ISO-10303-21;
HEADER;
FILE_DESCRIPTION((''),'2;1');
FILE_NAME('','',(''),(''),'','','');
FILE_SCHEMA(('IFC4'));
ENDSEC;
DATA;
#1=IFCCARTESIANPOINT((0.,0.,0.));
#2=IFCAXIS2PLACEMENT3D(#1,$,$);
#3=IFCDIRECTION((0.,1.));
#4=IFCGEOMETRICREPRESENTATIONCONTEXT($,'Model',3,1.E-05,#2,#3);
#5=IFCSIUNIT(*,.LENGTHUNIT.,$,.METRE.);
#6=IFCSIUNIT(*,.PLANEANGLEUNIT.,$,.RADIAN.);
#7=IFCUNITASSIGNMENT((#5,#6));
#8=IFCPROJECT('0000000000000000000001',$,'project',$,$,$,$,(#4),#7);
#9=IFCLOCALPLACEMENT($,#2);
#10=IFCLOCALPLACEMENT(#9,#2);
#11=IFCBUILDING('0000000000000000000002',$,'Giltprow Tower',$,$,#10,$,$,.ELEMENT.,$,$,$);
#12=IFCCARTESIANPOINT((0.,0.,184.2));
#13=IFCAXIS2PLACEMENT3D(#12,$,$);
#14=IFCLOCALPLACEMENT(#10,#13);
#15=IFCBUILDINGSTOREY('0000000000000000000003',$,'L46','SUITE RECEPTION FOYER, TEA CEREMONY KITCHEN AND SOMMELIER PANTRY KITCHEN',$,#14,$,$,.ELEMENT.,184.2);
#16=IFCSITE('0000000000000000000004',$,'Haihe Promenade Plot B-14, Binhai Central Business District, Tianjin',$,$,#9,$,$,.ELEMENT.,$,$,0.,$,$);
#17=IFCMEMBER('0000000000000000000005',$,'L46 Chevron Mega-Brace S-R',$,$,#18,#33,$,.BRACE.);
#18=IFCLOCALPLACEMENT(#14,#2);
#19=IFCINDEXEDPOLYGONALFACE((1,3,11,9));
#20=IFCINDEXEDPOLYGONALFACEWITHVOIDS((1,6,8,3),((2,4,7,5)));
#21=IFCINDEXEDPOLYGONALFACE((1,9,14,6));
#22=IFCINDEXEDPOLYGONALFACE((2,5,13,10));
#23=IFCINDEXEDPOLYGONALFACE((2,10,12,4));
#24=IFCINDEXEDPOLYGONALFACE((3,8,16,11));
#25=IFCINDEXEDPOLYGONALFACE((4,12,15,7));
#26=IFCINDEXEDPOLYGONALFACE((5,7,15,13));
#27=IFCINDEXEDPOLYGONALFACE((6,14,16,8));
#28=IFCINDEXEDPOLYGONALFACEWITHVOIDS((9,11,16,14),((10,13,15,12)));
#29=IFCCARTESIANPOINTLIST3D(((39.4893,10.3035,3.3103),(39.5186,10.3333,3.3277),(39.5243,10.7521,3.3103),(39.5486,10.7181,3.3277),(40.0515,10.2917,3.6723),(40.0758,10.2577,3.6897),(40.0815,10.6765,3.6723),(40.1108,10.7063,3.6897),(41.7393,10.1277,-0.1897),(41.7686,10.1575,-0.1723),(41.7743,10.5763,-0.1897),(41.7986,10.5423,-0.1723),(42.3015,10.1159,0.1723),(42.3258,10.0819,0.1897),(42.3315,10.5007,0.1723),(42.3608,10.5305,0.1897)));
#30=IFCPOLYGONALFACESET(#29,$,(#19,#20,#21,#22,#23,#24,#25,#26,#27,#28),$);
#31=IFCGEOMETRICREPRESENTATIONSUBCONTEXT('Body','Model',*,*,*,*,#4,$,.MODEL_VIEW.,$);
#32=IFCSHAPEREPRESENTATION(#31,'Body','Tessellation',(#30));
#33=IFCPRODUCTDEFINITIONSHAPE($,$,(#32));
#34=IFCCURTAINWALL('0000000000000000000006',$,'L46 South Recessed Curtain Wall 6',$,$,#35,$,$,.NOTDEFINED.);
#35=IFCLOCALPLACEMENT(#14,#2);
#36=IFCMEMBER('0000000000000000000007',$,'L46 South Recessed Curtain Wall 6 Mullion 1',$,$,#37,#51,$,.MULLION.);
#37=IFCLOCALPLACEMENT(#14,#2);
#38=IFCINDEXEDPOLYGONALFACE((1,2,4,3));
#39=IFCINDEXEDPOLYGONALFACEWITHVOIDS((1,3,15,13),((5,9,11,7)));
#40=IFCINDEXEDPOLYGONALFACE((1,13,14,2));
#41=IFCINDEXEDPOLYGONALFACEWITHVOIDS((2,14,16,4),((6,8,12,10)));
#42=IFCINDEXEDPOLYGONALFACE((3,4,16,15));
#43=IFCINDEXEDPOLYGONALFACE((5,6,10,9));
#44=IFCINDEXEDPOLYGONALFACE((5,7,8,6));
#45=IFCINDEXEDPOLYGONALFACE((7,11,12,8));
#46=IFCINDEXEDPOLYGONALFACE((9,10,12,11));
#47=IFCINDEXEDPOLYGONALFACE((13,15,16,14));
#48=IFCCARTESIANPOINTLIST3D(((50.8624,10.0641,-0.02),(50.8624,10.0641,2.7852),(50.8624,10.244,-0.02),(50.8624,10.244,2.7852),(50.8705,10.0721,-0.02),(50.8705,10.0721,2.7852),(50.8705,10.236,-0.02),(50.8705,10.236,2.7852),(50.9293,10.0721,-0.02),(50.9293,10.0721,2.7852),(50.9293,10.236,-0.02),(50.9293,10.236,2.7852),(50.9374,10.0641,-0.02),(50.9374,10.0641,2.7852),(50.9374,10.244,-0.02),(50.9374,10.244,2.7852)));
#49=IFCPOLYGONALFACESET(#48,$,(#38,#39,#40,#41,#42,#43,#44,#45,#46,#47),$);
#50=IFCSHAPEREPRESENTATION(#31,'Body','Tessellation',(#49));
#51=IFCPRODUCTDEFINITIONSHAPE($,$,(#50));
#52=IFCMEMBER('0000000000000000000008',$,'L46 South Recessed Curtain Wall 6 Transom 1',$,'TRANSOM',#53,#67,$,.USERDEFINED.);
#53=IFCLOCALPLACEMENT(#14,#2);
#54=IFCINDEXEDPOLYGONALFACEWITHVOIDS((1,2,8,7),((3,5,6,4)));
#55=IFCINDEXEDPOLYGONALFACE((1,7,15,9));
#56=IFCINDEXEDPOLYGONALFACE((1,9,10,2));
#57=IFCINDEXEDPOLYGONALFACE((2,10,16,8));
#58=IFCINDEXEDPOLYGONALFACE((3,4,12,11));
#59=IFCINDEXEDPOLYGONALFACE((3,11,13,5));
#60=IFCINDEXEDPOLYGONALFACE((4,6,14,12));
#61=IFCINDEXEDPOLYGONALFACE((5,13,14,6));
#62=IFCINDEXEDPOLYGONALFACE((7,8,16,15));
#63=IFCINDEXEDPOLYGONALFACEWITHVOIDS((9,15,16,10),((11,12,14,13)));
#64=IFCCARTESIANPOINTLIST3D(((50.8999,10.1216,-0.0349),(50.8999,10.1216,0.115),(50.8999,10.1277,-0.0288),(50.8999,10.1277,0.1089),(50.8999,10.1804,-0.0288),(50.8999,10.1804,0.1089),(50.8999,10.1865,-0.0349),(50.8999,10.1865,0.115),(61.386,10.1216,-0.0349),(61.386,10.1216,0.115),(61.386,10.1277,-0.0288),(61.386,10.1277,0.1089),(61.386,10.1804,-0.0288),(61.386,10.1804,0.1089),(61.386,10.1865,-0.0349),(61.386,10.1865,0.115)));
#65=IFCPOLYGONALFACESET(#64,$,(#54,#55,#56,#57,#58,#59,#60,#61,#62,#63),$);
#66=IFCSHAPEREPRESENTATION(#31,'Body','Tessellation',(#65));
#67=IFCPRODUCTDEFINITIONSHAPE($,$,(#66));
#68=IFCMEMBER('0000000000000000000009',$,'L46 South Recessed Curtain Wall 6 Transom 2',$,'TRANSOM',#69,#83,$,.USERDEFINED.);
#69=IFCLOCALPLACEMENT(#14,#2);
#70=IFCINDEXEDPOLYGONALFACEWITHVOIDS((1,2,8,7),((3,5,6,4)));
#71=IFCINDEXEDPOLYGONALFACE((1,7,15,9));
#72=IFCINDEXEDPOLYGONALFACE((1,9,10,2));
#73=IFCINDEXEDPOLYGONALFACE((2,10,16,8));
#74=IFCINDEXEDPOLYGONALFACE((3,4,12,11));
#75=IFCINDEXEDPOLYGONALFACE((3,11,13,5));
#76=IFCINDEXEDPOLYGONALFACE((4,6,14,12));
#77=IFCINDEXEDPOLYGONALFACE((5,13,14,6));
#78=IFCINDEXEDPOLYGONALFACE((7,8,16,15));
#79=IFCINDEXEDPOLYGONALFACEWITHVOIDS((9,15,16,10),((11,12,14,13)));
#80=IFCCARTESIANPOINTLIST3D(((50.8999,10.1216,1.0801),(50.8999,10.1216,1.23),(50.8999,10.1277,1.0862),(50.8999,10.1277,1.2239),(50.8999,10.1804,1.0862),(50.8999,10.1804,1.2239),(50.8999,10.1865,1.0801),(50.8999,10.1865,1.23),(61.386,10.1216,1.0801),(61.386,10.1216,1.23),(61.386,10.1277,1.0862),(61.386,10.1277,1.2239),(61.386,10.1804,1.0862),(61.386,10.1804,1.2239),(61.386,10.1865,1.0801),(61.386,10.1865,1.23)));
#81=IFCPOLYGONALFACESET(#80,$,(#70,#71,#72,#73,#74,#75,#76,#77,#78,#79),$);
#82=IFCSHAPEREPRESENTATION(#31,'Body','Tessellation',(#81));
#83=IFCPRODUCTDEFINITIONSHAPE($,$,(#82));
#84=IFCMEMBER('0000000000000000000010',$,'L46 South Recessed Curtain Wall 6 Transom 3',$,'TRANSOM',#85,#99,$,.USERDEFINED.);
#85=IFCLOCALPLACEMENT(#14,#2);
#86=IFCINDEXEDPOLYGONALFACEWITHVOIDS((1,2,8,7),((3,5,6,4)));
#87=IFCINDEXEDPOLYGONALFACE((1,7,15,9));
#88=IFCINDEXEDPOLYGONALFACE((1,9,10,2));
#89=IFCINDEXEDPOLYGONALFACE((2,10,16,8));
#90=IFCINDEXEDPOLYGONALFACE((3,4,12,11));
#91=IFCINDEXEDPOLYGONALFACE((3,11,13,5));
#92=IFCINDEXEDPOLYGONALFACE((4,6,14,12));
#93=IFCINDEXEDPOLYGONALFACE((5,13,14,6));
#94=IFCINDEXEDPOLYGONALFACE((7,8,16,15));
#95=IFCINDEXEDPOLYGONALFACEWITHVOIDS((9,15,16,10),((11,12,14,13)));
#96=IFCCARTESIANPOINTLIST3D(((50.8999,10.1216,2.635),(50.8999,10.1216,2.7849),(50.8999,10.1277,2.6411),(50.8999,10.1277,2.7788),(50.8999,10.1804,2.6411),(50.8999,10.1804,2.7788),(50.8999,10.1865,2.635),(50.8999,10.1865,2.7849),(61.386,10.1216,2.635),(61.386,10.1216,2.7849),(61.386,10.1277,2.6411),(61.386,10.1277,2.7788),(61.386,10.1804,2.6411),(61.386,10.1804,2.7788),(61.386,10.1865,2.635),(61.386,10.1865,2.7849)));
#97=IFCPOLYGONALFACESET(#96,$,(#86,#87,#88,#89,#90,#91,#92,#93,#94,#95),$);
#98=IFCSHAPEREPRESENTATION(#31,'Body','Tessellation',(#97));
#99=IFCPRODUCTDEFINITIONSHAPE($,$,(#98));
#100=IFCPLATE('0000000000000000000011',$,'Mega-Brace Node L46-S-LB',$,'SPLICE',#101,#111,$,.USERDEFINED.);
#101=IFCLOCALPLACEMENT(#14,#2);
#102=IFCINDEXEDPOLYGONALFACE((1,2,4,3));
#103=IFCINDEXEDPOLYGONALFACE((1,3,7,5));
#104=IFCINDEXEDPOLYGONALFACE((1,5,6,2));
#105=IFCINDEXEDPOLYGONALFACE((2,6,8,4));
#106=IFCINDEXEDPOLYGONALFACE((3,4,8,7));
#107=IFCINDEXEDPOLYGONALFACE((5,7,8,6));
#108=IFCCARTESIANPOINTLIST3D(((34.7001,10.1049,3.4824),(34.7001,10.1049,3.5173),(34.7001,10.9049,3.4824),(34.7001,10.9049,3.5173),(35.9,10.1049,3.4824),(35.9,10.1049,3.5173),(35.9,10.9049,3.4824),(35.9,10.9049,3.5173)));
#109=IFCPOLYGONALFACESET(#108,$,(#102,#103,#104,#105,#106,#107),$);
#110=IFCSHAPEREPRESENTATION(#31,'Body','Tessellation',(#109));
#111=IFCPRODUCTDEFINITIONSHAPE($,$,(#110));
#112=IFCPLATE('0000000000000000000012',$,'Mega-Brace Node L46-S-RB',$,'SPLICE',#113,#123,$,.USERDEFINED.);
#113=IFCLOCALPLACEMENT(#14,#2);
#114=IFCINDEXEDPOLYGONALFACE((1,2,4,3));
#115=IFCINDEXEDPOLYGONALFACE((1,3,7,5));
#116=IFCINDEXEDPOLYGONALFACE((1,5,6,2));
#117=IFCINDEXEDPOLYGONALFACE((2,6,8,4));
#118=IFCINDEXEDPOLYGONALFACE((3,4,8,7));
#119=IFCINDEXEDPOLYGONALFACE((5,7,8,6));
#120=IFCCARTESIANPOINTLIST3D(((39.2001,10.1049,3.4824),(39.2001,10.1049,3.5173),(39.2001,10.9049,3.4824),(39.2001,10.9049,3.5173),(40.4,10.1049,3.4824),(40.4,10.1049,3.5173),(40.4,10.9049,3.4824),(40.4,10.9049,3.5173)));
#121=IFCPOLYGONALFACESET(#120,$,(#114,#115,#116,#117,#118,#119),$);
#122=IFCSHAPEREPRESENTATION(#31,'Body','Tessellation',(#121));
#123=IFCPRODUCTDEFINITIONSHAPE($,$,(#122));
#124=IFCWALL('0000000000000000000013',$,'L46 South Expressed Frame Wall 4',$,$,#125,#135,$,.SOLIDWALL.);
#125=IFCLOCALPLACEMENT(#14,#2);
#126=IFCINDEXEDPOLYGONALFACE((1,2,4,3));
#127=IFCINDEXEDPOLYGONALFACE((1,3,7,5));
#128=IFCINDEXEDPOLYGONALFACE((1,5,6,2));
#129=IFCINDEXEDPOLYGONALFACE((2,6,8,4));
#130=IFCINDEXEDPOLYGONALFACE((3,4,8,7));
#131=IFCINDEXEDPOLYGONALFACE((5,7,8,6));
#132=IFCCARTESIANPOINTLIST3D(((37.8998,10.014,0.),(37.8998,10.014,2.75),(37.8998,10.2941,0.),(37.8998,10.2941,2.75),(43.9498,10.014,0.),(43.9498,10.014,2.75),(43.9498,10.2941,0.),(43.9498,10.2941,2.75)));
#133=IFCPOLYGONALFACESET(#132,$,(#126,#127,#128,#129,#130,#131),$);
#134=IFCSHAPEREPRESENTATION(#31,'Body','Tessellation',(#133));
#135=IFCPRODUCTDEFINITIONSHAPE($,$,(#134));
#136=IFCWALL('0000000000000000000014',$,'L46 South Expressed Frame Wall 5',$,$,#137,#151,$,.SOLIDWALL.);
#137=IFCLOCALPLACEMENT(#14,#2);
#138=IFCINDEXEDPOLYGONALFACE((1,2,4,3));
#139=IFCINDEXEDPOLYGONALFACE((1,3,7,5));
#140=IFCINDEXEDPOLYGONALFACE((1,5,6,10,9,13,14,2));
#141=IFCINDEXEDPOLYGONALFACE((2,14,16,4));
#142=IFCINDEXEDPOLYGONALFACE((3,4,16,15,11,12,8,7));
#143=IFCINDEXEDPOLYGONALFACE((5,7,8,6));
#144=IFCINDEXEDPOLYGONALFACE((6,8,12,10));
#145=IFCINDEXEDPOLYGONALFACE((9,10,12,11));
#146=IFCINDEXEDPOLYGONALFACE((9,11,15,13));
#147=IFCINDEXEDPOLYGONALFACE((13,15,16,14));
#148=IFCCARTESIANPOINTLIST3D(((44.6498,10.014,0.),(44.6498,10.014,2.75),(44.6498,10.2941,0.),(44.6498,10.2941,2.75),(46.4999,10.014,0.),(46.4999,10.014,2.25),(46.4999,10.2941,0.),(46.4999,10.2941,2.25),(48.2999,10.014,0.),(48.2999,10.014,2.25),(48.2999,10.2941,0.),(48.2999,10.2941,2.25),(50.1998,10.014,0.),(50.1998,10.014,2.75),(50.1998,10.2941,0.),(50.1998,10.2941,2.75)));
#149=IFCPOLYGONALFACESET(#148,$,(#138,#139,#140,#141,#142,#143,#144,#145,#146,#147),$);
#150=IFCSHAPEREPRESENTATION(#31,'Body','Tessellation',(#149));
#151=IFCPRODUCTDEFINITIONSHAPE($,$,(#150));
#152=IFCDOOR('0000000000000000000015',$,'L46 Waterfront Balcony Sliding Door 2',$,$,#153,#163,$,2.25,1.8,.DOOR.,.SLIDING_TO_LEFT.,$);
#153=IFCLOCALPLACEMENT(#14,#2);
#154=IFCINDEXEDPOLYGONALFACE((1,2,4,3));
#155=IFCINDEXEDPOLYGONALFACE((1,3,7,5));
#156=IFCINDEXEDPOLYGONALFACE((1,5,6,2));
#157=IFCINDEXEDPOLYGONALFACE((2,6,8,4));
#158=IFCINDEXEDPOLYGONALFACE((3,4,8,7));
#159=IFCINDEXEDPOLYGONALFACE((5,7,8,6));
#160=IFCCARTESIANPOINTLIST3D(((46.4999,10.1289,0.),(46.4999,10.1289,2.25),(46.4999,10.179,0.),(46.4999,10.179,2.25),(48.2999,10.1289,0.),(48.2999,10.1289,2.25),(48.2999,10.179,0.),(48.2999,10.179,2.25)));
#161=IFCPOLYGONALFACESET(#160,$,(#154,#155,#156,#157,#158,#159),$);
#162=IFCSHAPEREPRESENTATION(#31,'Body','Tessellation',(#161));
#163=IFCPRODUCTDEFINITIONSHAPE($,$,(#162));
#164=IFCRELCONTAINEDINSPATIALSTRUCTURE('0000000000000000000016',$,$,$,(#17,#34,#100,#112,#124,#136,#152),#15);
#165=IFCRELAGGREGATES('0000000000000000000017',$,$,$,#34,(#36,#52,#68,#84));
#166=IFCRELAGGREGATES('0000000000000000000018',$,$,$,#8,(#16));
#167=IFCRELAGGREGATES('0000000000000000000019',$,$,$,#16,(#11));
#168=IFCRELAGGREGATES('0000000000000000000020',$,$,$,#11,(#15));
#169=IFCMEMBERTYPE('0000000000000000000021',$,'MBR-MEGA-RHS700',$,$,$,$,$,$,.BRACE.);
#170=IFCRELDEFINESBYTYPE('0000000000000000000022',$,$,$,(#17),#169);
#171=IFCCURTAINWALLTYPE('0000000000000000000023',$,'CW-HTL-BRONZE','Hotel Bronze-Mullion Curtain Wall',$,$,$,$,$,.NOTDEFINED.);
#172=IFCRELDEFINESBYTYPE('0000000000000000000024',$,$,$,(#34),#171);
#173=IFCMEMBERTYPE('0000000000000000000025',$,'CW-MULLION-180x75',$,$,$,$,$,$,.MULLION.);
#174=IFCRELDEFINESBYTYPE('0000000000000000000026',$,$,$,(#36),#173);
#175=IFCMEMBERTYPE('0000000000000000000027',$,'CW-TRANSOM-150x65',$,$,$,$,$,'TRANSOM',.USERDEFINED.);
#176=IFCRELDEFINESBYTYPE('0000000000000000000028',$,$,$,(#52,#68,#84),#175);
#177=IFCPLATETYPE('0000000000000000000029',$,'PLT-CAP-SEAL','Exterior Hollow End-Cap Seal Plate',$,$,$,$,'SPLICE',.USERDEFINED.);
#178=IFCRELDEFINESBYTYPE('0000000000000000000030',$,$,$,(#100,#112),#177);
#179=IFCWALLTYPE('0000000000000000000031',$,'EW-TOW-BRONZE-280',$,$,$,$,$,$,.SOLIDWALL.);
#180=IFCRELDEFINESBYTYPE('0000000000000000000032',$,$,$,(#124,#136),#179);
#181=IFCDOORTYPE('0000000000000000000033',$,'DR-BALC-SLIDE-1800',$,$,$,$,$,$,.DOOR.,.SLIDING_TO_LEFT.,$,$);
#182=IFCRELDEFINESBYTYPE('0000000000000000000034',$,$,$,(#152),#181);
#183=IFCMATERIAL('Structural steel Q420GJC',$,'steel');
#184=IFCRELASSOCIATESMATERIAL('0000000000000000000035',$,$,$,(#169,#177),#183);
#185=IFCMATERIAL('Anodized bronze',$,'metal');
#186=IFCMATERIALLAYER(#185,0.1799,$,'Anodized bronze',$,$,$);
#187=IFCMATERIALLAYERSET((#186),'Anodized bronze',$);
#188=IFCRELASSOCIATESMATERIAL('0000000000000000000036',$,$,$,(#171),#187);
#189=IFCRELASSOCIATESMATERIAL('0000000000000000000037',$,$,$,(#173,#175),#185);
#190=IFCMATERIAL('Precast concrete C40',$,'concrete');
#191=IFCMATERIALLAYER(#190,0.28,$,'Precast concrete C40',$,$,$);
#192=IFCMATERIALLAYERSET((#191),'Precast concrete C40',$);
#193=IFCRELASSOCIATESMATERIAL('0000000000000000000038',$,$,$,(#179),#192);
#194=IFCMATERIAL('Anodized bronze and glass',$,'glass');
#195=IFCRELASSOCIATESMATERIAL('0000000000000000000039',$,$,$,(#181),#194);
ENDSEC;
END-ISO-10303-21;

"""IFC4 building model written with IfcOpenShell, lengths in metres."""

from ifc_helpers import new_model, si_unit, direction, frame, frame_2d, origin, origin_2d, place, context, subcontext, project, spatial, rectangle, hollow_rectangle, extrude, source, transform, mapped, material, layer, layer_set, material_profile, profile_set, type_object, element, fill, aggregate, save


model = new_model("IFC4")

# Units and contexts
model_context = context("Model", 3, precision=1e-05, world=origin(), true_north=direction((0.0, 1.0)))
body_context = subcontext(model_context, "Body", "Model", "MODEL_VIEW")
ifc_project = project(units=[si_unit("LENGTHUNIT", "METRE"), si_unit("PLANEANGLEUNIT", "RADIAN")], contexts=[model_context])

# Site, building, storey
site_placement = place(None, origin())
site = spatial("IfcSite", under=ifc_project, at=site_placement, Name="Haihe Promenade Plot B-14, Binhai Central Business District, Tianjin", CompositionType="ELEMENT", RefElevation=0.0)
building_placement = place(site_placement, origin())
building = spatial("IfcBuilding", under=site, at=building_placement, Name="Giltprow Tower", CompositionType="ELEMENT")
storey_placement = place(building_placement, frame((0.0, 0.0, 184.2)))
storey = spatial("IfcBuildingStorey", under=building, at=storey_placement, Name="L46", Description="SUITE RECEPTION FOYER, TEA CEREMONY KITCHEN AND SOMMELIER PANTRY KITCHEN", CompositionType="ELEMENT", Elevation=184.2)

# Shared definitions
ifc_material_1 = material(Name="Structural steel Q420GJC", Category="steel")

# Member
ifc_material_profile_1 = material_profile(ifc_material_1, hollow_rectangle(XDim=0.45, YDim=0.7, WallThickness=0.032, at=origin_2d()), Name="RHS 700x450x32")
ifc_profile_set_1 = profile_set([ifc_material_profile_1], Name="Structural steel Q420GJC")
member_type_1 = type_object("IfcMemberType", Name="MBR-MEGA-RHS700", PredefinedType="BRACE", material=ifc_profile_set_1)
shared_shape_1 = source(origin(), body_context, "Body", "SweptSolid", [
    extrude(hollow_rectangle(XDim=0.45, YDim=0.7, WallThickness=0.032, at=origin_2d()), origin(), (0.0, 0.0, 1.0), 4.1646),
])
for number, where, z_axis, x_axis, name in (
    (1, (42.05, 10.3291, 0.0), (-0.540276, 0.042209, 0.840429), (-0.077888, -0.996962, 0.0), "L46 Chevron Mega-Brace S-R"),
):
    element("IfcMember", number, at=place(storey_placement, frame(where, z_axis=z_axis, x_axis=x_axis)), inside=storey, type_object=member_type_1, Name=name, PredefinedType="BRACE", context=body_context, shape_type="MappedRepresentation", body=[
        mapped(shared_shape_1, transform((0.0, 0.0, 0.0), x_axis=(1.0, 0.0, 0.0), y_axis=(0.0, 1.0, 0.0), z_axis=(0.0, 0.0, 1.0), scale=1.0)),
    ])

# Curtain wall, members
ifc_material_2 = material(Name="Anodized bronze", Category="metal")
ifc_layer_1 = layer(ifc_material_2, 0.1799, Name="Anodized bronze")
ifc_layer_set_1 = layer_set([ifc_layer_1], Name="Anodized bronze")
curtain_wall_type = type_object("IfcCurtainWallType", Name="CW-HTL-BRONZE", Description="Hotel Bronze-Mullion Curtain Wall", PredefinedType="NOTDEFINED", material=ifc_layer_set_1)
curtain_wall_placement = place(storey_placement, origin())
curtain_wall = element("IfcCurtainWall", 2, at=curtain_wall_placement, inside=storey, type_object=curtain_wall_type, Name="L46 South Recessed Curtain Wall 6", PredefinedType="NOTDEFINED")
ifc_material_profile_2 = material_profile(ifc_material_2, hollow_rectangle(XDim=0.075, YDim=0.1799, WallThickness=0.0081, at=origin_2d()), Name="RHS 180x75x8")
ifc_profile_set_2 = profile_set([ifc_material_profile_2], Name="Anodized bronze")
member_type_2 = type_object("IfcMemberType", Name="CW-MULLION-180x75", PredefinedType="MULLION", material=ifc_profile_set_2)
shared_shape_2 = source(origin(), body_context, "Body", "SweptSolid", [
    extrude(hollow_rectangle(XDim=0.075, YDim=0.1799, WallThickness=0.0081, at=origin_2d()), origin(), (0.0, 0.0, 1.0), 2.8052),
])
member_1_placement = place(storey_placement, frame((50.8999, 10.1541, -0.02), z_axis=(0.0, 0.0, 1.0), x_axis=(1.0, 0.0, 0.0)))
member_1 = element("IfcMember", 3, at=member_1_placement, type_object=member_type_2, Name="L46 South Recessed Curtain Wall 6 Mullion 1", PredefinedType="MULLION", context=body_context, shape_type="MappedRepresentation", body=[
    mapped(shared_shape_2, transform((0.0, 0.0, 0.0), x_axis=(1.0, 0.0, 0.0), y_axis=(0.0, 1.0, 0.0), z_axis=(0.0, 0.0, 1.0), scale=1.0)),
])
ifc_material_profile_3 = material_profile(ifc_material_2, hollow_rectangle(XDim=0.0649, YDim=0.1499, WallThickness=0.0061, at=origin_2d()), Name="RHS 150x65x6")
ifc_profile_set_3 = profile_set([ifc_material_profile_3], Name="Anodized bronze")
member_type_3 = type_object("IfcMemberType", Name="CW-TRANSOM-150x65", ElementType="TRANSOM", PredefinedType="USERDEFINED", material=ifc_profile_set_3)
shared_shape_3 = source(origin(), body_context, "Body", "SweptSolid", [
    extrude(hollow_rectangle(XDim=0.0649, YDim=0.1499, WallThickness=0.0061, at=origin_2d()), origin(), (0.0, 0.0, 1.0), 10.4861),
])
member_2_placement = place(storey_placement, frame((50.8999, 10.1541, 0.04), z_axis=(1.0, 0.0, 0.0), x_axis=(0.0, 1.0, 0.0)))
member_2 = element("IfcMember", 4, at=member_2_placement, type_object=member_type_3, Name="L46 South Recessed Curtain Wall 6 Transom 1", ObjectType="TRANSOM", PredefinedType="USERDEFINED", context=body_context, shape_type="MappedRepresentation", body=[
    mapped(shared_shape_3, transform((0.0, 0.0, 0.0), x_axis=(1.0, 0.0, 0.0), y_axis=(0.0, 1.0, 0.0), z_axis=(0.0, 0.0, 1.0), scale=1.0)),
])
member_3_placement = place(storey_placement, frame((50.8999, 10.1541, 1.155), z_axis=(1.0, 0.0, 0.0), x_axis=(0.0, 1.0, 0.0)))
member_3 = element("IfcMember", 5, at=member_3_placement, type_object=member_type_3, Name="L46 South Recessed Curtain Wall 6 Transom 2", ObjectType="TRANSOM", PredefinedType="USERDEFINED", context=body_context, shape_type="MappedRepresentation", body=[
    mapped(shared_shape_3, transform((0.0, 0.0, 0.0), x_axis=(1.0, 0.0, 0.0), y_axis=(0.0, 1.0, 0.0), z_axis=(0.0, 0.0, 1.0), scale=1.0)),
])
member_4_placement = place(storey_placement, frame((50.8999, 10.1541, 2.71), z_axis=(1.0, 0.0, 0.0), x_axis=(0.0, 1.0, 0.0)))
member_4 = element("IfcMember", 6, at=member_4_placement, type_object=member_type_3, Name="L46 South Recessed Curtain Wall 6 Transom 3", ObjectType="TRANSOM", PredefinedType="USERDEFINED", context=body_context, shape_type="MappedRepresentation", body=[
    mapped(shared_shape_3, transform((0.0, 0.0, 0.0), x_axis=(1.0, 0.0, 0.0), y_axis=(0.0, 1.0, 0.0), z_axis=(0.0, 0.0, 1.0), scale=1.0)),
])
aggregate(curtain_wall, [member_1, member_2, member_3, member_4])

# Plates
plate_type = type_object("IfcPlateType", Name="PLT-CAP-SEAL", Description="Exterior Hollow End-Cap Seal Plate", ElementType="SPLICE", PredefinedType="USERDEFINED", material=ifc_material_1)
shared_shape_4 = source(origin(), body_context, "Body", "SweptSolid", [
    extrude(rectangle(XDim=1.2, YDim=0.8, at=origin_2d()), origin(), (0.0, 0.0, 1.0), 0.0349),
])
for number, where, z_axis, x_axis, name in (
    (7, (35.3, 10.5049, 3.4824), (0.0, 0.0, 1.0), (1.0, 0.0, 0.0), "Mega-Brace Node L46-S-LB"),
    (8, (39.8, 10.5049, 3.4824), (0.0, 0.0, 1.0), (1.0, 0.0, 0.0), "Mega-Brace Node L46-S-RB"),
):
    element("IfcPlate", number, at=place(storey_placement, frame(where, z_axis=z_axis, x_axis=x_axis)), inside=storey, type_object=plate_type, Name=name, ObjectType="SPLICE", PredefinedType="USERDEFINED", context=body_context, shape_type="MappedRepresentation", body=[
        mapped(shared_shape_4, transform((0.0, 0.0, 0.0), x_axis=(1.0, 0.0, 0.0), y_axis=(0.0, 1.0, 0.0), z_axis=(0.0, 0.0, 1.0), scale=1.0)),
    ])

# Wall
ifc_material_3 = material(Name="Precast concrete C40", Category="concrete")
ifc_layer_2 = layer(ifc_material_3, 0.28, Name="Precast concrete C40")
ifc_layer_set_2 = layer_set([ifc_layer_2], Name="Precast concrete C40")
wall_type_1 = type_object("IfcWallType", Name="EW-TOW-BRONZE-280", PredefinedType="SOLIDWALL", material=ifc_layer_set_2)
wall_1_placement = place(storey_placement, frame((37.8999, 10.1541, 0.0), z_axis=(0.0, 0.0, 1.0), x_axis=(1.0, 0.0, 0.0)))
element("IfcWall", 9, at=wall_1_placement, inside=storey, type_object=wall_type_1, Name="L46 South Expressed Frame Wall 4", PredefinedType="SOLIDWALL", context=body_context, shape_type="SweptSolid", body=[
    extrude(rectangle(XDim=6.05, YDim=0.28, at=frame_2d((3.0249, 0.0))), origin(), (0.0, 0.0, 1.0), 2.75),
])

# Wall, opening, door
wall_2_placement = place(storey_placement, frame((44.6499, 10.1541, 0.0), z_axis=(0.0, 0.0, 1.0), x_axis=(1.0, 0.0, 0.0)))
wall_2 = element("IfcWall", 10, at=wall_2_placement, inside=storey, type_object=wall_type_1, Name="L46 South Expressed Frame Wall 5", PredefinedType="SOLIDWALL", context=body_context, shape_type="SweptSolid", body=[
    extrude(rectangle(XDim=5.55, YDim=0.28, at=frame_2d((2.7749, 0.0))), origin(), (0.0, 0.0, 1.0), 2.75),
])
opening_1_placement = place(wall_2_placement, frame((1.8501, 0.0, 0.0)))
opening_1 = element("IfcOpeningElement", 11, at=opening_1_placement, cuts=wall_2, PredefinedType="OPENING", context=body_context, shape_type="SweptSolid", body=[
    extrude(rectangle(XDim=1.8, YDim=2.25, at=frame_2d((0.8999, 1.125))), frame((0.0, 0.1499, 0.0), z_axis=(0.0, -1.0, 0.0), x_axis=(1.0, 0.0, 0.0)), (0.0, 0.0, 1.0), 0.3),
])
ifc_material_4 = material(Name="Anodized bronze and glass", Category="glass")
door_type_1 = type_object("IfcDoorType", Name="DR-BALC-SLIDE-1800", OperationType="SLIDING_TO_LEFT", PredefinedType="DOOR", material=ifc_material_4)
shared_shape_5 = source(origin(), body_context, "Body", "SweptSolid", [
    extrude(rectangle(XDim=1.8, YDim=2.25, at=frame_2d((0.8999, 1.125))), frame((0.0, 0.0249, 0.0), z_axis=(0.0, -1.0, 0.0), x_axis=(1.0, 0.0, 0.0)), (0.0, 0.0, 1.0), 0.05),
])
door_1_placement = place(opening_1_placement, origin())
door_1 = element("IfcDoor", 12, at=door_1_placement, inside=storey, type_object=door_type_1, Name="L46 Waterfront Balcony Sliding Door 2", OperationType="SLIDING_TO_LEFT", OverallHeight=2.25, OverallWidth=1.8, PredefinedType="DOOR", context=body_context, shape_type="MappedRepresentation", body=[
    mapped(shared_shape_5, transform((0.0, 0.0, 0.0), x_axis=(1.0, 0.0, 0.0), y_axis=(0.0, 1.0, 0.0), z_axis=(0.0, 0.0, 1.0), scale=1.0)),
])
fill(opening_1, door_1)

save(model, "model.ifc")
